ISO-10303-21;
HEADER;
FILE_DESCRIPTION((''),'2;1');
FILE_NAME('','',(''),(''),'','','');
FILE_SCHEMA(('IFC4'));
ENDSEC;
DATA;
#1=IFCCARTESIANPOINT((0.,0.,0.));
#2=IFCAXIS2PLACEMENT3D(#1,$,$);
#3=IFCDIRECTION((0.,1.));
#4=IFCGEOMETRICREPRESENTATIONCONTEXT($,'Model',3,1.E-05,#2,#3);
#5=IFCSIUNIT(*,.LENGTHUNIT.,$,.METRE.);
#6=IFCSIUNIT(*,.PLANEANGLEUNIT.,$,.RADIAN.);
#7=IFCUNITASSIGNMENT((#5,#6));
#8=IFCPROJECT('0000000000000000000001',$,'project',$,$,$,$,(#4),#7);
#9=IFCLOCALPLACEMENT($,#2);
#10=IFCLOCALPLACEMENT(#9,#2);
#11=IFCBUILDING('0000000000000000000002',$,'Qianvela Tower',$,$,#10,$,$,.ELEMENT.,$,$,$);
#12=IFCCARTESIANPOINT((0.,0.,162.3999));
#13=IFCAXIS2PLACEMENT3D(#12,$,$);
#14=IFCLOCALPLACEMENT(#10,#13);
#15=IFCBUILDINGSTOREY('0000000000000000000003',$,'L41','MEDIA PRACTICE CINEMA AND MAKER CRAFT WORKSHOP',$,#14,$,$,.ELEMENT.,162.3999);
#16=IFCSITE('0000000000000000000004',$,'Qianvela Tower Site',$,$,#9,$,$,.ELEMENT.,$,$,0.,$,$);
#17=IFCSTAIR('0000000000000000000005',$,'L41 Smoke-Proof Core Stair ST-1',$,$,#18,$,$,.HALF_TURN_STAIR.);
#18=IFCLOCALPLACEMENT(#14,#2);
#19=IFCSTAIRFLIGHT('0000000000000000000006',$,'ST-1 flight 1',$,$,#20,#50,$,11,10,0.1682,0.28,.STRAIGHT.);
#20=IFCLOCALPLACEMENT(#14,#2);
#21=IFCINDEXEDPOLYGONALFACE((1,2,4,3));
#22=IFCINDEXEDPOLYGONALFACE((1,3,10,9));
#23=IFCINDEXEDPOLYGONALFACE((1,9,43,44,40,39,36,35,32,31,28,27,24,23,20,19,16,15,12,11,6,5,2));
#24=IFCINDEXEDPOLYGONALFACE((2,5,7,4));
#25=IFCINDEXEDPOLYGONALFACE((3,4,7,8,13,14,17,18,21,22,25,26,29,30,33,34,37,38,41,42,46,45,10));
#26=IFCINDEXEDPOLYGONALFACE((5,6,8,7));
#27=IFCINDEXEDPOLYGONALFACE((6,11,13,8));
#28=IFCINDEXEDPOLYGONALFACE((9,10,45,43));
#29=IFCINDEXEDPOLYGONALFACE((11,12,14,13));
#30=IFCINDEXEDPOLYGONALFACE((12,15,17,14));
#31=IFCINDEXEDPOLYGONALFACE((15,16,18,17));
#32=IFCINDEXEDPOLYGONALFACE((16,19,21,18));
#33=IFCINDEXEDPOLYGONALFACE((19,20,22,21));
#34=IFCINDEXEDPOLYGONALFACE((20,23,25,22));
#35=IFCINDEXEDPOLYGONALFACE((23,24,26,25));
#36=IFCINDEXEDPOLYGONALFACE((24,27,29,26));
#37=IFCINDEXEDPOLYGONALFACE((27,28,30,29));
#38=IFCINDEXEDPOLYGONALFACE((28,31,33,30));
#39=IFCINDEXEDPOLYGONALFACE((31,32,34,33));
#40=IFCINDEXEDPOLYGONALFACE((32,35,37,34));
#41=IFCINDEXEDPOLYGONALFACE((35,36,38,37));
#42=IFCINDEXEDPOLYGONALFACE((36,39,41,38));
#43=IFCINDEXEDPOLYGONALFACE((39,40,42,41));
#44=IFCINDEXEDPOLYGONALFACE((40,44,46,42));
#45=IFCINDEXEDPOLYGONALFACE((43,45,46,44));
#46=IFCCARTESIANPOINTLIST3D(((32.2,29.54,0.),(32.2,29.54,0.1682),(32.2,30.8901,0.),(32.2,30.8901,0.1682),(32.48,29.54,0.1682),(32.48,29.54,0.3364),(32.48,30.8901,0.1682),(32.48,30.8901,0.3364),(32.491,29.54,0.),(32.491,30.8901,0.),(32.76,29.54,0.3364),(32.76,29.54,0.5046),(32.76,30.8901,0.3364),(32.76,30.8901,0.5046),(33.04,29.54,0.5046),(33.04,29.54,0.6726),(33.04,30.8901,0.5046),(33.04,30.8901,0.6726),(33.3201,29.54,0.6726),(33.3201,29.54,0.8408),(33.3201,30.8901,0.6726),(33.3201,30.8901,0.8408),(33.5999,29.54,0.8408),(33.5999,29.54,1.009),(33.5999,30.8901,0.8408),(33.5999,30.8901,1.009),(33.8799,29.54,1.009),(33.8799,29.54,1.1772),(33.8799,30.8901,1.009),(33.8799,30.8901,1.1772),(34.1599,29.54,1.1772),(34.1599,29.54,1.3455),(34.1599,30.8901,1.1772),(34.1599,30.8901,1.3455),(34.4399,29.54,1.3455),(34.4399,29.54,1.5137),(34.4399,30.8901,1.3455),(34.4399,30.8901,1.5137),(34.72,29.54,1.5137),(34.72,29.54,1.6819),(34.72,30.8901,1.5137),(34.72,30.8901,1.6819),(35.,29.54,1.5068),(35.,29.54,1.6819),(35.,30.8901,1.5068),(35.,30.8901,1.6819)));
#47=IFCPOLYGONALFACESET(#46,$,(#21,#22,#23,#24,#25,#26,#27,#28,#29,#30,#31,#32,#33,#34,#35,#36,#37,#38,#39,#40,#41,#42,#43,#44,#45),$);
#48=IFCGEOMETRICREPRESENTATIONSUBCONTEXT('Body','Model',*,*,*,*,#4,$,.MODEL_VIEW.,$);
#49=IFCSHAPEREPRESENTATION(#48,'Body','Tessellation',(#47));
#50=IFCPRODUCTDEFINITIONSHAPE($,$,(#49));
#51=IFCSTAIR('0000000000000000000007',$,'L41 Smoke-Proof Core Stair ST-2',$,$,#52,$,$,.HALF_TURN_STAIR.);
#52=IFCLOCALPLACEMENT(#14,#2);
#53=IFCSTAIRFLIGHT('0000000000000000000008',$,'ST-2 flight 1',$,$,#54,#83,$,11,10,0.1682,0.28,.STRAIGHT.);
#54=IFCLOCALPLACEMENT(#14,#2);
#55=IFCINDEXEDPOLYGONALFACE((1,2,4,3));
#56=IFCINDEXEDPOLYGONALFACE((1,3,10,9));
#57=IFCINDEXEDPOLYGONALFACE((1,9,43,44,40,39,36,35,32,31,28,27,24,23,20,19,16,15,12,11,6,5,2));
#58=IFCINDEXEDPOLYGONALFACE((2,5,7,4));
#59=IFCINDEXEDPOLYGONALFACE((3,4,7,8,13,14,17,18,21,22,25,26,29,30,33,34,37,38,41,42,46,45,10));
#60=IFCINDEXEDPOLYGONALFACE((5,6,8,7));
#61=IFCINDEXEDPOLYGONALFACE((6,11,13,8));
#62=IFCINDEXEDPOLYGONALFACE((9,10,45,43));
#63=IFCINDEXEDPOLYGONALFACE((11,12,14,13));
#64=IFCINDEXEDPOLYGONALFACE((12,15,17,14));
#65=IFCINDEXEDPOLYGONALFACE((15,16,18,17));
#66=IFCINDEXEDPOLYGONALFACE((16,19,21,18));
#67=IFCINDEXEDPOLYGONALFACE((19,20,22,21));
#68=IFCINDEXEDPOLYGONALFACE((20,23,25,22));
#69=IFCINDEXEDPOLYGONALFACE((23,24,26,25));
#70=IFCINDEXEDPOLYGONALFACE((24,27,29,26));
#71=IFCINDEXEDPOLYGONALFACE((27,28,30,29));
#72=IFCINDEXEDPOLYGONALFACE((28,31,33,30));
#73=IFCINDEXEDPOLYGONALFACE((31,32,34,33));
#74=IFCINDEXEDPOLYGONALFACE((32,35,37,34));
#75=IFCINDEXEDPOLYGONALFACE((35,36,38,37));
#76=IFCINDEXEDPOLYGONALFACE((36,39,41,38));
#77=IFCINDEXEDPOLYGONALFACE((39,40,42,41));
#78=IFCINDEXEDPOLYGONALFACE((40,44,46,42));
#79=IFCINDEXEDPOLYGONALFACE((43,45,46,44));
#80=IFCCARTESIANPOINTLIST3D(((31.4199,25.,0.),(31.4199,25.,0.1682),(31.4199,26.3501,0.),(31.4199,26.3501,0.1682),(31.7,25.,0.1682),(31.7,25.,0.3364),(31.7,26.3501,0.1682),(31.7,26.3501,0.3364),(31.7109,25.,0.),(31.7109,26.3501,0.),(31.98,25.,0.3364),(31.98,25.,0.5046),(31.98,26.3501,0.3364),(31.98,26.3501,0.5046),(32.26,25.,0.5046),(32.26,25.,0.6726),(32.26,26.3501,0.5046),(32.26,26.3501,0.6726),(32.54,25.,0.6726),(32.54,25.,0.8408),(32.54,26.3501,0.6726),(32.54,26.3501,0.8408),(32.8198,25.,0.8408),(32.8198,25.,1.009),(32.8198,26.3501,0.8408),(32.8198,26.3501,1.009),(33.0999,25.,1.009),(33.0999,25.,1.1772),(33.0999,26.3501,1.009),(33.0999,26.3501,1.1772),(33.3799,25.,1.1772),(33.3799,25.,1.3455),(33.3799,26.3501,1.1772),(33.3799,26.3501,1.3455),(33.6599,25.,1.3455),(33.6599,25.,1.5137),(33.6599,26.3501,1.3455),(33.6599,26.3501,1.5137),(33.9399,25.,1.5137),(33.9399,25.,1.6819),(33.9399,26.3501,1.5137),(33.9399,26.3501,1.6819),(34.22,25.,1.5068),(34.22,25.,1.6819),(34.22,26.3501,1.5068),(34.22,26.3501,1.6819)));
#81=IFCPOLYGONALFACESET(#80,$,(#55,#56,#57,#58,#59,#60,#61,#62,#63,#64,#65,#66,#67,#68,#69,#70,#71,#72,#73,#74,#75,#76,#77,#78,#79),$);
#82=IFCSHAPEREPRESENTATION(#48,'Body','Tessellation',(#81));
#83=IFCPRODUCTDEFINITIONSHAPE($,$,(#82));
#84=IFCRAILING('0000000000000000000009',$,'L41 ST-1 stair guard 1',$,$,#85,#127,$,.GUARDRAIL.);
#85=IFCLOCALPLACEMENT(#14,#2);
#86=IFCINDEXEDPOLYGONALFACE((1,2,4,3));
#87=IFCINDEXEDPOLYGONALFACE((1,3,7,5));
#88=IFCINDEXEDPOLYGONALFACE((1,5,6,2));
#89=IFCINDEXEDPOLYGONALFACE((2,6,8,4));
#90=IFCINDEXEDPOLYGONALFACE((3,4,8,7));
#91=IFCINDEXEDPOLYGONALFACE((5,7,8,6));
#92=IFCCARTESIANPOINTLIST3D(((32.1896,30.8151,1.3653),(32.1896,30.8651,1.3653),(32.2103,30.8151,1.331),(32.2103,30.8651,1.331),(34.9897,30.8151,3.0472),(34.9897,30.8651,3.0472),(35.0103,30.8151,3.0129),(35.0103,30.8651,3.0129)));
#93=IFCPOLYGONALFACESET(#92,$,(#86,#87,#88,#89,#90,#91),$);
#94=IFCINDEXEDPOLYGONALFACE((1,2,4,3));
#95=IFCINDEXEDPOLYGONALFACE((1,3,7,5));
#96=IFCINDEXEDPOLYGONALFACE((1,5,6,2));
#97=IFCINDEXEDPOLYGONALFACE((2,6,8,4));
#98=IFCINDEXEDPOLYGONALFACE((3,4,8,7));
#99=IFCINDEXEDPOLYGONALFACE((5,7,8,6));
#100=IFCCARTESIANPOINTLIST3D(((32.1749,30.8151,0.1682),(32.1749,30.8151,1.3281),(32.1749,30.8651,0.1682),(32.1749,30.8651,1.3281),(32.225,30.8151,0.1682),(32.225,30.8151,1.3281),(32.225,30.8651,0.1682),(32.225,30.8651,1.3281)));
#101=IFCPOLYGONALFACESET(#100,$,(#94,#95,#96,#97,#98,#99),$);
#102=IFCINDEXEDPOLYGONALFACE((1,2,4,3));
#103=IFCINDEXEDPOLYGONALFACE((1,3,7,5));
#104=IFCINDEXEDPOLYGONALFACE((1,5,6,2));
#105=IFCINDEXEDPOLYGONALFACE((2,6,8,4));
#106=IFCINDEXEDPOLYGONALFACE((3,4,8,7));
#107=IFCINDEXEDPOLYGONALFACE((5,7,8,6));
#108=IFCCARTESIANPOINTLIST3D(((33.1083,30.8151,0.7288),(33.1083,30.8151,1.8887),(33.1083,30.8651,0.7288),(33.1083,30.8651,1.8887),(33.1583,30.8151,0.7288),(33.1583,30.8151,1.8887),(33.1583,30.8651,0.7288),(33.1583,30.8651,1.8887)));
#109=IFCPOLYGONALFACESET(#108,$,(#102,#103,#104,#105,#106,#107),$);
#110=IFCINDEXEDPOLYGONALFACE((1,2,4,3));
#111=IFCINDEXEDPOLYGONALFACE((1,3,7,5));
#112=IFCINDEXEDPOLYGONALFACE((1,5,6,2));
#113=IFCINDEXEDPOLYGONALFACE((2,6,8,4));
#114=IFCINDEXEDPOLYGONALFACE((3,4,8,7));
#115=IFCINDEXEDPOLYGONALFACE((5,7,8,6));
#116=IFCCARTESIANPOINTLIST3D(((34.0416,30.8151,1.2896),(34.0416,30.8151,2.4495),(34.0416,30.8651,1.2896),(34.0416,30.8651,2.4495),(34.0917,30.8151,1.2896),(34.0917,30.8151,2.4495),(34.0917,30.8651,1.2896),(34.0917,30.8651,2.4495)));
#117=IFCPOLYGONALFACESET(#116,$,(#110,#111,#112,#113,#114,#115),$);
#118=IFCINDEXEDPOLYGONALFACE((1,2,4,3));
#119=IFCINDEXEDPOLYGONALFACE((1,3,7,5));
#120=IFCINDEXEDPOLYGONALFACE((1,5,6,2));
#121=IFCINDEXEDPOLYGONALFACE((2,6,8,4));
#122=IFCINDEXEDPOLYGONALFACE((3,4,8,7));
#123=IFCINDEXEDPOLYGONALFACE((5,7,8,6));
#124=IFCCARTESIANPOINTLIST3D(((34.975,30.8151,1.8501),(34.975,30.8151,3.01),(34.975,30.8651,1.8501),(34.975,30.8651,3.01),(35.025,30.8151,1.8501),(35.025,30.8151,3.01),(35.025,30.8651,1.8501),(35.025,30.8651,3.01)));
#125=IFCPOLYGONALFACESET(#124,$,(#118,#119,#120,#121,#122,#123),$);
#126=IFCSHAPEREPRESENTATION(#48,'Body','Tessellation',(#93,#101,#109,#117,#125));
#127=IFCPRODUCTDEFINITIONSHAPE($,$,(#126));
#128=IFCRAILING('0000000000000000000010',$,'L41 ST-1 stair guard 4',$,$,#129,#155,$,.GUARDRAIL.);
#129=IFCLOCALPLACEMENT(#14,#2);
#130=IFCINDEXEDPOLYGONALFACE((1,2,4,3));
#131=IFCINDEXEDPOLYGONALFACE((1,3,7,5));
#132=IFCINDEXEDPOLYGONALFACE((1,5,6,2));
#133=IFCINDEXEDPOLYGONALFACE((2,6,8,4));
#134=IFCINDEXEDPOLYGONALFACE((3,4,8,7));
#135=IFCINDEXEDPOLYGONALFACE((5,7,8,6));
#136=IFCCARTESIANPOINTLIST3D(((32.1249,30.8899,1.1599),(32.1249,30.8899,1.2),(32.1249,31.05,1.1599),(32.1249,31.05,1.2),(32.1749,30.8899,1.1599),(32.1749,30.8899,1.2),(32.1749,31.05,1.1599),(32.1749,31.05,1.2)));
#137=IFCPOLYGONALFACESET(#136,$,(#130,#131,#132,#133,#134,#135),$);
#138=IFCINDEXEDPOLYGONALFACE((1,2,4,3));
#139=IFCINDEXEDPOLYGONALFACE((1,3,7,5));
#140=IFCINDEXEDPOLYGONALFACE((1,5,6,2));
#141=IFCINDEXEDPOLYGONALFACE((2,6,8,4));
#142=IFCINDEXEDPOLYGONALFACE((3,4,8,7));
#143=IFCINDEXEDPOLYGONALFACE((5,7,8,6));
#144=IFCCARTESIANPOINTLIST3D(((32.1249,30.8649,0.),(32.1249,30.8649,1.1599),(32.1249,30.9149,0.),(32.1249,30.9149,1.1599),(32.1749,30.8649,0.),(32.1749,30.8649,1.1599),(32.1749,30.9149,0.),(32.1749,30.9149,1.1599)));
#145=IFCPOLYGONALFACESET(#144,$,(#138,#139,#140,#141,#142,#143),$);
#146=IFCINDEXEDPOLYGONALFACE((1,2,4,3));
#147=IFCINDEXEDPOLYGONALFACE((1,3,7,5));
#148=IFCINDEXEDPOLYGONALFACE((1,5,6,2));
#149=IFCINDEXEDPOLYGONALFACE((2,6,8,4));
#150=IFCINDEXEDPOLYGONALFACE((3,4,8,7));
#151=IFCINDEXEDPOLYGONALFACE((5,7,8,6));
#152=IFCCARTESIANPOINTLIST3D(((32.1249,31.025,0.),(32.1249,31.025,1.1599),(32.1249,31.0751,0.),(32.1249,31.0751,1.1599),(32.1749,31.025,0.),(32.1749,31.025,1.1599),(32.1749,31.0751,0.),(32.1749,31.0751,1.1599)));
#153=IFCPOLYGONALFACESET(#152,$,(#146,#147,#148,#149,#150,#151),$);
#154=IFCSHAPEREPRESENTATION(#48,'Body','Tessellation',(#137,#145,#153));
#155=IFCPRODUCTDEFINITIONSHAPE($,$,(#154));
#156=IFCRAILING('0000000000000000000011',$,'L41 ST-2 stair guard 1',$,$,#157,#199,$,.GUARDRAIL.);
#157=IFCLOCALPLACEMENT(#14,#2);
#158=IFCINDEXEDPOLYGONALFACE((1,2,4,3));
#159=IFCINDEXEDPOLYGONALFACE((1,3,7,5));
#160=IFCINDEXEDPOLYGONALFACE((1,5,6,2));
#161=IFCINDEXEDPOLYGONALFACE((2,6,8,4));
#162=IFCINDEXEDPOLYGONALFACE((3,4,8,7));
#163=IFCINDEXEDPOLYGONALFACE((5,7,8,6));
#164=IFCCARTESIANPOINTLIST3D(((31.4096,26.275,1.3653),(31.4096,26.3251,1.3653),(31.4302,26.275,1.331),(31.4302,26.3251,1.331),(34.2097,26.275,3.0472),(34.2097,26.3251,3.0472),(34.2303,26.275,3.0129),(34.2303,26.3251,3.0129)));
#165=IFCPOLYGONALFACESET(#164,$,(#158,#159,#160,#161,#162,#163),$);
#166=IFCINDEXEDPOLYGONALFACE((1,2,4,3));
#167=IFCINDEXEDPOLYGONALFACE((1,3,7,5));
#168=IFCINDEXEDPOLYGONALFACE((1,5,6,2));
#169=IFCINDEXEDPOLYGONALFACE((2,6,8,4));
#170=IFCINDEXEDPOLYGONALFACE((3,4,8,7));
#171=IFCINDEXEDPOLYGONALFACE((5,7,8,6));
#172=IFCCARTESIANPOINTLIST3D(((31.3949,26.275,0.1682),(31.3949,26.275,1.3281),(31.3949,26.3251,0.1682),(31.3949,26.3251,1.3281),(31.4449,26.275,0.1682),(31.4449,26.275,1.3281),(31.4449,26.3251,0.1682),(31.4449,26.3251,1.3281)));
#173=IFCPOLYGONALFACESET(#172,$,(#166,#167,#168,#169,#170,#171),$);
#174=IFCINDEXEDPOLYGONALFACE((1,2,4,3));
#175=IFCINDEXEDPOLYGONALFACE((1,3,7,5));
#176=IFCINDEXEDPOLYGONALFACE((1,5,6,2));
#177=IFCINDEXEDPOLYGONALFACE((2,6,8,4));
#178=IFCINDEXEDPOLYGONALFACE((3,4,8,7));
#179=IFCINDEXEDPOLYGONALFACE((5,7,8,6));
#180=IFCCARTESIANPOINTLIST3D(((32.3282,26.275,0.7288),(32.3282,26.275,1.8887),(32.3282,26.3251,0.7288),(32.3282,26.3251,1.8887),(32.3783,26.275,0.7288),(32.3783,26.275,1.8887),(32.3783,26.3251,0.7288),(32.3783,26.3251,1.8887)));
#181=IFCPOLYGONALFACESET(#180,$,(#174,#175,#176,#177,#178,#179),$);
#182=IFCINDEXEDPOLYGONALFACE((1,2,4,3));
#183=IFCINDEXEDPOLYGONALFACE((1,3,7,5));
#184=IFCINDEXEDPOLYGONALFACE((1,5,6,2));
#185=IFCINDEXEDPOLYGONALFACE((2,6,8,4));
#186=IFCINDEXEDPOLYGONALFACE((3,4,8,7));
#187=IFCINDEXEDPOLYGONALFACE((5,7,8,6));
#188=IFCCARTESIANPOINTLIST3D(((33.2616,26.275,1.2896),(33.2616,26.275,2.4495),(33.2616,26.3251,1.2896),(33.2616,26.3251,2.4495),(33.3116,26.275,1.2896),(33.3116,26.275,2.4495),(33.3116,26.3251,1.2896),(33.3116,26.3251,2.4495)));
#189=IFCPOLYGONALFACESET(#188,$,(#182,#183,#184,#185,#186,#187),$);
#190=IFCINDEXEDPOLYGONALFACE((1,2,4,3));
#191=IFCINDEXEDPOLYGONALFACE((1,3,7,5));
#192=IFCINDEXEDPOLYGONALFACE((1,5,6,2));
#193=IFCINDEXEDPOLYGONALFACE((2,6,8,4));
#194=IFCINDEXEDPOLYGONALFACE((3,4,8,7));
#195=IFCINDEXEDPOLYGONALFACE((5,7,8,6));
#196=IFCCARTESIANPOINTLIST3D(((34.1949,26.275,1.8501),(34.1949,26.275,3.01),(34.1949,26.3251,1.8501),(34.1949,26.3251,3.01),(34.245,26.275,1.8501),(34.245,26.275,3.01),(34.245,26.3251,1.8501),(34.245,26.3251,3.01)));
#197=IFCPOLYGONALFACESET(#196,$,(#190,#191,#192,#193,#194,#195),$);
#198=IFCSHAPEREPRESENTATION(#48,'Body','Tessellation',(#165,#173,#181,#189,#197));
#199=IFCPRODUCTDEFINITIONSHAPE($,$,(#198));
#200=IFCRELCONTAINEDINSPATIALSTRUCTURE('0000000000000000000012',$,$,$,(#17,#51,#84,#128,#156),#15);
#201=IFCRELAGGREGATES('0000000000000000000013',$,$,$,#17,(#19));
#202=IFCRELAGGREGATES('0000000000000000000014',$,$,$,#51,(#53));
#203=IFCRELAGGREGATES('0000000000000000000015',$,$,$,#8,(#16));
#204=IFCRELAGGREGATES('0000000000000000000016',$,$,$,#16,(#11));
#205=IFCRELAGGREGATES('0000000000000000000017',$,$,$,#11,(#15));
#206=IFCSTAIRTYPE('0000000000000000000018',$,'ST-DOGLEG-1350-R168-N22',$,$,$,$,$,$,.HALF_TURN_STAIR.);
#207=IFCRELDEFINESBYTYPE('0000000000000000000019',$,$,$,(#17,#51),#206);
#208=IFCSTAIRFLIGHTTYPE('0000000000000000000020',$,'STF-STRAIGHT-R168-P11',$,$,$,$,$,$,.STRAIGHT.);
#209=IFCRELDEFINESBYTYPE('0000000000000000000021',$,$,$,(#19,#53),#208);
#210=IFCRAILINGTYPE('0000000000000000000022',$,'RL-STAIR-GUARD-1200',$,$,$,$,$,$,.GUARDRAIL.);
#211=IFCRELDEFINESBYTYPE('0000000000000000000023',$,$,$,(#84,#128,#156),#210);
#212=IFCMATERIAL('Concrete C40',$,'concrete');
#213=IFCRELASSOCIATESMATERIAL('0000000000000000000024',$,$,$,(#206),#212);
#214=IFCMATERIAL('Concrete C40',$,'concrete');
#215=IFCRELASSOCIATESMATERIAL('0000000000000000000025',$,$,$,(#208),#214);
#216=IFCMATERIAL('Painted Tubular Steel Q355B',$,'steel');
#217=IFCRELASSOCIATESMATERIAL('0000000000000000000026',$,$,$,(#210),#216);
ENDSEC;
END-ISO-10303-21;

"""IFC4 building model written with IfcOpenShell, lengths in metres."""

from ifc_helpers import new_model, si_unit, direction, frame, origin, origin_2d, place, context, subcontext, project, spatial, polyline, rectangle, outline, extrude, material, type_object, element, aggregate, save


model = new_model("IFC4")

# Units and contexts
model_context = context("Model", 3, precision=1e-05, world=origin(), true_north=direction((0.0, 1.0)))
body_context = subcontext(model_context, "Body", "Model", "MODEL_VIEW")
ifc_project = project(units=[si_unit("LENGTHUNIT", "METRE"), si_unit("PLANEANGLEUNIT", "RADIAN")], contexts=[model_context])

# Site, building, storey
site_placement = place(None, origin())
site = spatial("IfcSite", under=ifc_project, at=site_placement, Name="Qianvela Tower Site", CompositionType="ELEMENT", RefElevation=0.0)
building_placement = place(site_placement, origin())
building = spatial("IfcBuilding", under=site, at=building_placement, Name="Qianvela Tower", CompositionType="ELEMENT")
storey_placement = place(building_placement, frame((0.0, 0.0, 162.3999)))
storey = spatial("IfcBuildingStorey", under=building, at=storey_placement, Name="L41", Description="MEDIA PRACTICE CINEMA AND MAKER CRAFT WORKSHOP", CompositionType="ELEMENT", Elevation=162.3999)

# Stairs, stair flights
ifc_material_1 = material(Name="Concrete C40", Category="concrete")
stair_type = type_object("IfcStairType", Name="ST-DOGLEG-1350-R168-N22", PredefinedType="HALF_TURN_STAIR", material=ifc_material_1)
stair_1_placement = place(storey_placement, origin())
stair_1 = element("IfcStair", 1, at=stair_1_placement, inside=storey, type_object=stair_type, Name="L41 Smoke-Proof Core Stair ST-1", PredefinedType="HALF_TURN_STAIR")
ifc_material_2 = material(Name="Concrete C40", Category="concrete")
stair_flight_type = type_object("IfcStairFlightType", Name="STF-STRAIGHT-R168-P11", PredefinedType="STRAIGHT", material=ifc_material_2)
stair_flight_1_placement = place(storey_placement, frame((32.2, 30.2151, 0.0), z_axis=(0.0, 0.0, 1.0), x_axis=(1.0, 0.0, 0.0)))
stair_flight_1 = element("IfcStairFlight", 2, at=stair_flight_1_placement, type_object=stair_flight_type, Name="ST-1 flight 1", NumberOfRisers=11, NumberOfTreads=10, PredefinedType="STRAIGHT", RiserHeight=0.1682, TreadLength=0.28, context=body_context, shape_type="SweptSolid", body=[
    extrude(outline(polyline([(0.0, 0.0), (0.0, 0.1682), (0.28, 0.1682), (0.28, 0.3364), (0.5601, 0.3364), (0.5601, 0.5046), (0.8401, 0.5046), (0.8401, 0.6726), (1.1201, 0.6726), (1.1201, 0.8408), (1.3999, 0.8408), (1.3999, 1.009), (1.6799, 1.009), (1.6799, 1.1772), (1.96, 1.1772), (1.96, 1.3455), (2.24, 1.3455), (2.24, 1.5137), (2.52, 1.5137), (2.52, 1.6819), (2.8, 1.6819), (2.8, 1.8501), (2.8, 1.5068), (0.291, 0.0), (0.0, 0.0)])), frame((0.0, 0.675, 0.0), z_axis=(0.0, -1.0, 0.0), x_axis=(1.0, 0.0, 0.0)), (0.0, 0.0, 1.0), 1.3501),
])
aggregate(stair_1, [stair_flight_1])
stair_2_placement = place(storey_placement, origin())
stair_2 = element("IfcStair", 3, at=stair_2_placement, inside=storey, type_object=stair_type, Name="L41 Smoke-Proof Core Stair ST-2", PredefinedType="HALF_TURN_STAIR")
stair_flight_2_placement = place(storey_placement, frame((31.4199, 25.675, 0.0), z_axis=(0.0, 0.0, 1.0), x_axis=(1.0, 0.0, 0.0)))
stair_flight_2 = element("IfcStairFlight", 4, at=stair_flight_2_placement, type_object=stair_flight_type, Name="ST-2 flight 1", NumberOfRisers=11, NumberOfTreads=10, PredefinedType="STRAIGHT", RiserHeight=0.1682, TreadLength=0.28, context=body_context, shape_type="SweptSolid", body=[
    extrude(outline(polyline([(0.0, 0.0), (0.0, 0.1682), (0.28, 0.1682), (0.28, 0.3364), (0.5601, 0.3364), (0.5601, 0.5046), (0.8401, 0.5046), (0.8401, 0.6726), (1.1201, 0.6726), (1.1201, 0.8408), (1.3999, 0.8408), (1.3999, 1.009), (1.6799, 1.009), (1.6799, 1.1772), (1.96, 1.1772), (1.96, 1.3455), (2.24, 1.3455), (2.24, 1.5137), (2.52, 1.5137), (2.52, 1.6819), (2.8, 1.6819), (2.8, 1.8501), (2.8, 1.5068), (0.291, 0.0), (0.0, 0.0)])), frame((0.0, 0.675, 0.0), z_axis=(0.0, -1.0, 0.0), x_axis=(1.0, 0.0, 0.0)), (0.0, 0.0, 1.0), 1.3501),
])
aggregate(stair_2, [stair_flight_2])

# Railings
ifc_material_3 = material(Name="Painted Tubular Steel Q355B", Category="steel")
railing_type_1 = type_object("IfcRailingType", Name="RL-STAIR-GUARD-1200", PredefinedType="GUARDRAIL", material=ifc_material_3)
railing_1_placement = place(storey_placement, frame((32.2, 30.8401, 0.1682)))
element("IfcRailing", 5, at=railing_1_placement, inside=storey, type_object=railing_type_1, Name="L41 ST-1 stair guard 1", PredefinedType="GUARDRAIL", context=body_context, shape_type="SweptSolid", body=[
    extrude(rectangle(XDim=0.05, YDim=0.04, at=origin_2d()), frame((0.0, 0.0, 1.1799), z_axis=(0.857242, 0.0, 0.514913), x_axis=(0.0, 1.0, 0.0)), (0.0, 0.0, 1.0), 3.2664),
    extrude(rectangle(XDim=0.05, YDim=0.05, at=origin_2d()), origin(), (0.0, 0.0, 1.0), 1.1599),
    extrude(rectangle(XDim=0.05, YDim=0.05, at=origin_2d()), frame((0.9333, 0.0, 0.5605)), (0.0, 0.0, 1.0), 1.1599),
    extrude(rectangle(XDim=0.05, YDim=0.05, at=origin_2d()), frame((1.8667, 0.0, 1.1213)), (0.0, 0.0, 1.0), 1.1599),
    extrude(rectangle(XDim=0.05, YDim=0.05, at=origin_2d()), frame((2.8, 0.0, 1.6819)), (0.0, 0.0, 1.0), 1.1599),
])
railing_2_placement = place(storey_placement, frame((32.1499, 30.8899, 0.0)))
element("IfcRailing", 6, at=railing_2_placement, inside=storey, type_object=railing_type_1, Name="L41 ST-1 stair guard 4", PredefinedType="GUARDRAIL", context=body_context, shape_type="SweptSolid", body=[
    extrude(rectangle(XDim=0.05, YDim=0.04, at=origin_2d()), frame((0.0, 0.0, 1.1799), z_axis=(0.0, 1.0, 0.0), x_axis=(-1.0, 0.0, 0.0)), (0.0, 0.0, 1.0), 0.1602),
    extrude(rectangle(XDim=0.05, YDim=0.05, at=origin_2d()), origin(), (0.0, 0.0, 1.0), 1.1599),
    extrude(rectangle(XDim=0.05, YDim=0.05, at=origin_2d()), frame((0.0, 0.1602, 0.0)), (0.0, 0.0, 1.0), 1.1599),
])
railing_3_placement = place(storey_placement, frame((31.4199, 26.3, 0.1682)))
element("IfcRailing", 7, at=railing_3_placement, inside=storey, type_object=railing_type_1, Name="L41 ST-2 stair guard 1", PredefinedType="GUARDRAIL", context=body_context, shape_type="SweptSolid", body=[
    extrude(rectangle(XDim=0.05, YDim=0.04, at=origin_2d()), frame((0.0, 0.0, 1.1799), z_axis=(0.857242, 0.0, 0.514913), x_axis=(0.0, 1.0, 0.0)), (0.0, 0.0, 1.0), 3.2664),
    extrude(rectangle(XDim=0.05, YDim=0.05, at=origin_2d()), origin(), (0.0, 0.0, 1.0), 1.1599),
    extrude(rectangle(XDim=0.05, YDim=0.05, at=origin_2d()), frame((0.9333, 0.0, 0.5605)), (0.0, 0.0, 1.0), 1.1599),
    extrude(rectangle(XDim=0.05, YDim=0.05, at=origin_2d()), frame((1.8667, 0.0, 1.1213)), (0.0, 0.0, 1.0), 1.1599),
    extrude(rectangle(XDim=0.05, YDim=0.05, at=origin_2d()), frame((2.8, 0.0, 1.6819)), (0.0, 0.0, 1.0), 1.1599),
])

save(model, "model.ifc")
